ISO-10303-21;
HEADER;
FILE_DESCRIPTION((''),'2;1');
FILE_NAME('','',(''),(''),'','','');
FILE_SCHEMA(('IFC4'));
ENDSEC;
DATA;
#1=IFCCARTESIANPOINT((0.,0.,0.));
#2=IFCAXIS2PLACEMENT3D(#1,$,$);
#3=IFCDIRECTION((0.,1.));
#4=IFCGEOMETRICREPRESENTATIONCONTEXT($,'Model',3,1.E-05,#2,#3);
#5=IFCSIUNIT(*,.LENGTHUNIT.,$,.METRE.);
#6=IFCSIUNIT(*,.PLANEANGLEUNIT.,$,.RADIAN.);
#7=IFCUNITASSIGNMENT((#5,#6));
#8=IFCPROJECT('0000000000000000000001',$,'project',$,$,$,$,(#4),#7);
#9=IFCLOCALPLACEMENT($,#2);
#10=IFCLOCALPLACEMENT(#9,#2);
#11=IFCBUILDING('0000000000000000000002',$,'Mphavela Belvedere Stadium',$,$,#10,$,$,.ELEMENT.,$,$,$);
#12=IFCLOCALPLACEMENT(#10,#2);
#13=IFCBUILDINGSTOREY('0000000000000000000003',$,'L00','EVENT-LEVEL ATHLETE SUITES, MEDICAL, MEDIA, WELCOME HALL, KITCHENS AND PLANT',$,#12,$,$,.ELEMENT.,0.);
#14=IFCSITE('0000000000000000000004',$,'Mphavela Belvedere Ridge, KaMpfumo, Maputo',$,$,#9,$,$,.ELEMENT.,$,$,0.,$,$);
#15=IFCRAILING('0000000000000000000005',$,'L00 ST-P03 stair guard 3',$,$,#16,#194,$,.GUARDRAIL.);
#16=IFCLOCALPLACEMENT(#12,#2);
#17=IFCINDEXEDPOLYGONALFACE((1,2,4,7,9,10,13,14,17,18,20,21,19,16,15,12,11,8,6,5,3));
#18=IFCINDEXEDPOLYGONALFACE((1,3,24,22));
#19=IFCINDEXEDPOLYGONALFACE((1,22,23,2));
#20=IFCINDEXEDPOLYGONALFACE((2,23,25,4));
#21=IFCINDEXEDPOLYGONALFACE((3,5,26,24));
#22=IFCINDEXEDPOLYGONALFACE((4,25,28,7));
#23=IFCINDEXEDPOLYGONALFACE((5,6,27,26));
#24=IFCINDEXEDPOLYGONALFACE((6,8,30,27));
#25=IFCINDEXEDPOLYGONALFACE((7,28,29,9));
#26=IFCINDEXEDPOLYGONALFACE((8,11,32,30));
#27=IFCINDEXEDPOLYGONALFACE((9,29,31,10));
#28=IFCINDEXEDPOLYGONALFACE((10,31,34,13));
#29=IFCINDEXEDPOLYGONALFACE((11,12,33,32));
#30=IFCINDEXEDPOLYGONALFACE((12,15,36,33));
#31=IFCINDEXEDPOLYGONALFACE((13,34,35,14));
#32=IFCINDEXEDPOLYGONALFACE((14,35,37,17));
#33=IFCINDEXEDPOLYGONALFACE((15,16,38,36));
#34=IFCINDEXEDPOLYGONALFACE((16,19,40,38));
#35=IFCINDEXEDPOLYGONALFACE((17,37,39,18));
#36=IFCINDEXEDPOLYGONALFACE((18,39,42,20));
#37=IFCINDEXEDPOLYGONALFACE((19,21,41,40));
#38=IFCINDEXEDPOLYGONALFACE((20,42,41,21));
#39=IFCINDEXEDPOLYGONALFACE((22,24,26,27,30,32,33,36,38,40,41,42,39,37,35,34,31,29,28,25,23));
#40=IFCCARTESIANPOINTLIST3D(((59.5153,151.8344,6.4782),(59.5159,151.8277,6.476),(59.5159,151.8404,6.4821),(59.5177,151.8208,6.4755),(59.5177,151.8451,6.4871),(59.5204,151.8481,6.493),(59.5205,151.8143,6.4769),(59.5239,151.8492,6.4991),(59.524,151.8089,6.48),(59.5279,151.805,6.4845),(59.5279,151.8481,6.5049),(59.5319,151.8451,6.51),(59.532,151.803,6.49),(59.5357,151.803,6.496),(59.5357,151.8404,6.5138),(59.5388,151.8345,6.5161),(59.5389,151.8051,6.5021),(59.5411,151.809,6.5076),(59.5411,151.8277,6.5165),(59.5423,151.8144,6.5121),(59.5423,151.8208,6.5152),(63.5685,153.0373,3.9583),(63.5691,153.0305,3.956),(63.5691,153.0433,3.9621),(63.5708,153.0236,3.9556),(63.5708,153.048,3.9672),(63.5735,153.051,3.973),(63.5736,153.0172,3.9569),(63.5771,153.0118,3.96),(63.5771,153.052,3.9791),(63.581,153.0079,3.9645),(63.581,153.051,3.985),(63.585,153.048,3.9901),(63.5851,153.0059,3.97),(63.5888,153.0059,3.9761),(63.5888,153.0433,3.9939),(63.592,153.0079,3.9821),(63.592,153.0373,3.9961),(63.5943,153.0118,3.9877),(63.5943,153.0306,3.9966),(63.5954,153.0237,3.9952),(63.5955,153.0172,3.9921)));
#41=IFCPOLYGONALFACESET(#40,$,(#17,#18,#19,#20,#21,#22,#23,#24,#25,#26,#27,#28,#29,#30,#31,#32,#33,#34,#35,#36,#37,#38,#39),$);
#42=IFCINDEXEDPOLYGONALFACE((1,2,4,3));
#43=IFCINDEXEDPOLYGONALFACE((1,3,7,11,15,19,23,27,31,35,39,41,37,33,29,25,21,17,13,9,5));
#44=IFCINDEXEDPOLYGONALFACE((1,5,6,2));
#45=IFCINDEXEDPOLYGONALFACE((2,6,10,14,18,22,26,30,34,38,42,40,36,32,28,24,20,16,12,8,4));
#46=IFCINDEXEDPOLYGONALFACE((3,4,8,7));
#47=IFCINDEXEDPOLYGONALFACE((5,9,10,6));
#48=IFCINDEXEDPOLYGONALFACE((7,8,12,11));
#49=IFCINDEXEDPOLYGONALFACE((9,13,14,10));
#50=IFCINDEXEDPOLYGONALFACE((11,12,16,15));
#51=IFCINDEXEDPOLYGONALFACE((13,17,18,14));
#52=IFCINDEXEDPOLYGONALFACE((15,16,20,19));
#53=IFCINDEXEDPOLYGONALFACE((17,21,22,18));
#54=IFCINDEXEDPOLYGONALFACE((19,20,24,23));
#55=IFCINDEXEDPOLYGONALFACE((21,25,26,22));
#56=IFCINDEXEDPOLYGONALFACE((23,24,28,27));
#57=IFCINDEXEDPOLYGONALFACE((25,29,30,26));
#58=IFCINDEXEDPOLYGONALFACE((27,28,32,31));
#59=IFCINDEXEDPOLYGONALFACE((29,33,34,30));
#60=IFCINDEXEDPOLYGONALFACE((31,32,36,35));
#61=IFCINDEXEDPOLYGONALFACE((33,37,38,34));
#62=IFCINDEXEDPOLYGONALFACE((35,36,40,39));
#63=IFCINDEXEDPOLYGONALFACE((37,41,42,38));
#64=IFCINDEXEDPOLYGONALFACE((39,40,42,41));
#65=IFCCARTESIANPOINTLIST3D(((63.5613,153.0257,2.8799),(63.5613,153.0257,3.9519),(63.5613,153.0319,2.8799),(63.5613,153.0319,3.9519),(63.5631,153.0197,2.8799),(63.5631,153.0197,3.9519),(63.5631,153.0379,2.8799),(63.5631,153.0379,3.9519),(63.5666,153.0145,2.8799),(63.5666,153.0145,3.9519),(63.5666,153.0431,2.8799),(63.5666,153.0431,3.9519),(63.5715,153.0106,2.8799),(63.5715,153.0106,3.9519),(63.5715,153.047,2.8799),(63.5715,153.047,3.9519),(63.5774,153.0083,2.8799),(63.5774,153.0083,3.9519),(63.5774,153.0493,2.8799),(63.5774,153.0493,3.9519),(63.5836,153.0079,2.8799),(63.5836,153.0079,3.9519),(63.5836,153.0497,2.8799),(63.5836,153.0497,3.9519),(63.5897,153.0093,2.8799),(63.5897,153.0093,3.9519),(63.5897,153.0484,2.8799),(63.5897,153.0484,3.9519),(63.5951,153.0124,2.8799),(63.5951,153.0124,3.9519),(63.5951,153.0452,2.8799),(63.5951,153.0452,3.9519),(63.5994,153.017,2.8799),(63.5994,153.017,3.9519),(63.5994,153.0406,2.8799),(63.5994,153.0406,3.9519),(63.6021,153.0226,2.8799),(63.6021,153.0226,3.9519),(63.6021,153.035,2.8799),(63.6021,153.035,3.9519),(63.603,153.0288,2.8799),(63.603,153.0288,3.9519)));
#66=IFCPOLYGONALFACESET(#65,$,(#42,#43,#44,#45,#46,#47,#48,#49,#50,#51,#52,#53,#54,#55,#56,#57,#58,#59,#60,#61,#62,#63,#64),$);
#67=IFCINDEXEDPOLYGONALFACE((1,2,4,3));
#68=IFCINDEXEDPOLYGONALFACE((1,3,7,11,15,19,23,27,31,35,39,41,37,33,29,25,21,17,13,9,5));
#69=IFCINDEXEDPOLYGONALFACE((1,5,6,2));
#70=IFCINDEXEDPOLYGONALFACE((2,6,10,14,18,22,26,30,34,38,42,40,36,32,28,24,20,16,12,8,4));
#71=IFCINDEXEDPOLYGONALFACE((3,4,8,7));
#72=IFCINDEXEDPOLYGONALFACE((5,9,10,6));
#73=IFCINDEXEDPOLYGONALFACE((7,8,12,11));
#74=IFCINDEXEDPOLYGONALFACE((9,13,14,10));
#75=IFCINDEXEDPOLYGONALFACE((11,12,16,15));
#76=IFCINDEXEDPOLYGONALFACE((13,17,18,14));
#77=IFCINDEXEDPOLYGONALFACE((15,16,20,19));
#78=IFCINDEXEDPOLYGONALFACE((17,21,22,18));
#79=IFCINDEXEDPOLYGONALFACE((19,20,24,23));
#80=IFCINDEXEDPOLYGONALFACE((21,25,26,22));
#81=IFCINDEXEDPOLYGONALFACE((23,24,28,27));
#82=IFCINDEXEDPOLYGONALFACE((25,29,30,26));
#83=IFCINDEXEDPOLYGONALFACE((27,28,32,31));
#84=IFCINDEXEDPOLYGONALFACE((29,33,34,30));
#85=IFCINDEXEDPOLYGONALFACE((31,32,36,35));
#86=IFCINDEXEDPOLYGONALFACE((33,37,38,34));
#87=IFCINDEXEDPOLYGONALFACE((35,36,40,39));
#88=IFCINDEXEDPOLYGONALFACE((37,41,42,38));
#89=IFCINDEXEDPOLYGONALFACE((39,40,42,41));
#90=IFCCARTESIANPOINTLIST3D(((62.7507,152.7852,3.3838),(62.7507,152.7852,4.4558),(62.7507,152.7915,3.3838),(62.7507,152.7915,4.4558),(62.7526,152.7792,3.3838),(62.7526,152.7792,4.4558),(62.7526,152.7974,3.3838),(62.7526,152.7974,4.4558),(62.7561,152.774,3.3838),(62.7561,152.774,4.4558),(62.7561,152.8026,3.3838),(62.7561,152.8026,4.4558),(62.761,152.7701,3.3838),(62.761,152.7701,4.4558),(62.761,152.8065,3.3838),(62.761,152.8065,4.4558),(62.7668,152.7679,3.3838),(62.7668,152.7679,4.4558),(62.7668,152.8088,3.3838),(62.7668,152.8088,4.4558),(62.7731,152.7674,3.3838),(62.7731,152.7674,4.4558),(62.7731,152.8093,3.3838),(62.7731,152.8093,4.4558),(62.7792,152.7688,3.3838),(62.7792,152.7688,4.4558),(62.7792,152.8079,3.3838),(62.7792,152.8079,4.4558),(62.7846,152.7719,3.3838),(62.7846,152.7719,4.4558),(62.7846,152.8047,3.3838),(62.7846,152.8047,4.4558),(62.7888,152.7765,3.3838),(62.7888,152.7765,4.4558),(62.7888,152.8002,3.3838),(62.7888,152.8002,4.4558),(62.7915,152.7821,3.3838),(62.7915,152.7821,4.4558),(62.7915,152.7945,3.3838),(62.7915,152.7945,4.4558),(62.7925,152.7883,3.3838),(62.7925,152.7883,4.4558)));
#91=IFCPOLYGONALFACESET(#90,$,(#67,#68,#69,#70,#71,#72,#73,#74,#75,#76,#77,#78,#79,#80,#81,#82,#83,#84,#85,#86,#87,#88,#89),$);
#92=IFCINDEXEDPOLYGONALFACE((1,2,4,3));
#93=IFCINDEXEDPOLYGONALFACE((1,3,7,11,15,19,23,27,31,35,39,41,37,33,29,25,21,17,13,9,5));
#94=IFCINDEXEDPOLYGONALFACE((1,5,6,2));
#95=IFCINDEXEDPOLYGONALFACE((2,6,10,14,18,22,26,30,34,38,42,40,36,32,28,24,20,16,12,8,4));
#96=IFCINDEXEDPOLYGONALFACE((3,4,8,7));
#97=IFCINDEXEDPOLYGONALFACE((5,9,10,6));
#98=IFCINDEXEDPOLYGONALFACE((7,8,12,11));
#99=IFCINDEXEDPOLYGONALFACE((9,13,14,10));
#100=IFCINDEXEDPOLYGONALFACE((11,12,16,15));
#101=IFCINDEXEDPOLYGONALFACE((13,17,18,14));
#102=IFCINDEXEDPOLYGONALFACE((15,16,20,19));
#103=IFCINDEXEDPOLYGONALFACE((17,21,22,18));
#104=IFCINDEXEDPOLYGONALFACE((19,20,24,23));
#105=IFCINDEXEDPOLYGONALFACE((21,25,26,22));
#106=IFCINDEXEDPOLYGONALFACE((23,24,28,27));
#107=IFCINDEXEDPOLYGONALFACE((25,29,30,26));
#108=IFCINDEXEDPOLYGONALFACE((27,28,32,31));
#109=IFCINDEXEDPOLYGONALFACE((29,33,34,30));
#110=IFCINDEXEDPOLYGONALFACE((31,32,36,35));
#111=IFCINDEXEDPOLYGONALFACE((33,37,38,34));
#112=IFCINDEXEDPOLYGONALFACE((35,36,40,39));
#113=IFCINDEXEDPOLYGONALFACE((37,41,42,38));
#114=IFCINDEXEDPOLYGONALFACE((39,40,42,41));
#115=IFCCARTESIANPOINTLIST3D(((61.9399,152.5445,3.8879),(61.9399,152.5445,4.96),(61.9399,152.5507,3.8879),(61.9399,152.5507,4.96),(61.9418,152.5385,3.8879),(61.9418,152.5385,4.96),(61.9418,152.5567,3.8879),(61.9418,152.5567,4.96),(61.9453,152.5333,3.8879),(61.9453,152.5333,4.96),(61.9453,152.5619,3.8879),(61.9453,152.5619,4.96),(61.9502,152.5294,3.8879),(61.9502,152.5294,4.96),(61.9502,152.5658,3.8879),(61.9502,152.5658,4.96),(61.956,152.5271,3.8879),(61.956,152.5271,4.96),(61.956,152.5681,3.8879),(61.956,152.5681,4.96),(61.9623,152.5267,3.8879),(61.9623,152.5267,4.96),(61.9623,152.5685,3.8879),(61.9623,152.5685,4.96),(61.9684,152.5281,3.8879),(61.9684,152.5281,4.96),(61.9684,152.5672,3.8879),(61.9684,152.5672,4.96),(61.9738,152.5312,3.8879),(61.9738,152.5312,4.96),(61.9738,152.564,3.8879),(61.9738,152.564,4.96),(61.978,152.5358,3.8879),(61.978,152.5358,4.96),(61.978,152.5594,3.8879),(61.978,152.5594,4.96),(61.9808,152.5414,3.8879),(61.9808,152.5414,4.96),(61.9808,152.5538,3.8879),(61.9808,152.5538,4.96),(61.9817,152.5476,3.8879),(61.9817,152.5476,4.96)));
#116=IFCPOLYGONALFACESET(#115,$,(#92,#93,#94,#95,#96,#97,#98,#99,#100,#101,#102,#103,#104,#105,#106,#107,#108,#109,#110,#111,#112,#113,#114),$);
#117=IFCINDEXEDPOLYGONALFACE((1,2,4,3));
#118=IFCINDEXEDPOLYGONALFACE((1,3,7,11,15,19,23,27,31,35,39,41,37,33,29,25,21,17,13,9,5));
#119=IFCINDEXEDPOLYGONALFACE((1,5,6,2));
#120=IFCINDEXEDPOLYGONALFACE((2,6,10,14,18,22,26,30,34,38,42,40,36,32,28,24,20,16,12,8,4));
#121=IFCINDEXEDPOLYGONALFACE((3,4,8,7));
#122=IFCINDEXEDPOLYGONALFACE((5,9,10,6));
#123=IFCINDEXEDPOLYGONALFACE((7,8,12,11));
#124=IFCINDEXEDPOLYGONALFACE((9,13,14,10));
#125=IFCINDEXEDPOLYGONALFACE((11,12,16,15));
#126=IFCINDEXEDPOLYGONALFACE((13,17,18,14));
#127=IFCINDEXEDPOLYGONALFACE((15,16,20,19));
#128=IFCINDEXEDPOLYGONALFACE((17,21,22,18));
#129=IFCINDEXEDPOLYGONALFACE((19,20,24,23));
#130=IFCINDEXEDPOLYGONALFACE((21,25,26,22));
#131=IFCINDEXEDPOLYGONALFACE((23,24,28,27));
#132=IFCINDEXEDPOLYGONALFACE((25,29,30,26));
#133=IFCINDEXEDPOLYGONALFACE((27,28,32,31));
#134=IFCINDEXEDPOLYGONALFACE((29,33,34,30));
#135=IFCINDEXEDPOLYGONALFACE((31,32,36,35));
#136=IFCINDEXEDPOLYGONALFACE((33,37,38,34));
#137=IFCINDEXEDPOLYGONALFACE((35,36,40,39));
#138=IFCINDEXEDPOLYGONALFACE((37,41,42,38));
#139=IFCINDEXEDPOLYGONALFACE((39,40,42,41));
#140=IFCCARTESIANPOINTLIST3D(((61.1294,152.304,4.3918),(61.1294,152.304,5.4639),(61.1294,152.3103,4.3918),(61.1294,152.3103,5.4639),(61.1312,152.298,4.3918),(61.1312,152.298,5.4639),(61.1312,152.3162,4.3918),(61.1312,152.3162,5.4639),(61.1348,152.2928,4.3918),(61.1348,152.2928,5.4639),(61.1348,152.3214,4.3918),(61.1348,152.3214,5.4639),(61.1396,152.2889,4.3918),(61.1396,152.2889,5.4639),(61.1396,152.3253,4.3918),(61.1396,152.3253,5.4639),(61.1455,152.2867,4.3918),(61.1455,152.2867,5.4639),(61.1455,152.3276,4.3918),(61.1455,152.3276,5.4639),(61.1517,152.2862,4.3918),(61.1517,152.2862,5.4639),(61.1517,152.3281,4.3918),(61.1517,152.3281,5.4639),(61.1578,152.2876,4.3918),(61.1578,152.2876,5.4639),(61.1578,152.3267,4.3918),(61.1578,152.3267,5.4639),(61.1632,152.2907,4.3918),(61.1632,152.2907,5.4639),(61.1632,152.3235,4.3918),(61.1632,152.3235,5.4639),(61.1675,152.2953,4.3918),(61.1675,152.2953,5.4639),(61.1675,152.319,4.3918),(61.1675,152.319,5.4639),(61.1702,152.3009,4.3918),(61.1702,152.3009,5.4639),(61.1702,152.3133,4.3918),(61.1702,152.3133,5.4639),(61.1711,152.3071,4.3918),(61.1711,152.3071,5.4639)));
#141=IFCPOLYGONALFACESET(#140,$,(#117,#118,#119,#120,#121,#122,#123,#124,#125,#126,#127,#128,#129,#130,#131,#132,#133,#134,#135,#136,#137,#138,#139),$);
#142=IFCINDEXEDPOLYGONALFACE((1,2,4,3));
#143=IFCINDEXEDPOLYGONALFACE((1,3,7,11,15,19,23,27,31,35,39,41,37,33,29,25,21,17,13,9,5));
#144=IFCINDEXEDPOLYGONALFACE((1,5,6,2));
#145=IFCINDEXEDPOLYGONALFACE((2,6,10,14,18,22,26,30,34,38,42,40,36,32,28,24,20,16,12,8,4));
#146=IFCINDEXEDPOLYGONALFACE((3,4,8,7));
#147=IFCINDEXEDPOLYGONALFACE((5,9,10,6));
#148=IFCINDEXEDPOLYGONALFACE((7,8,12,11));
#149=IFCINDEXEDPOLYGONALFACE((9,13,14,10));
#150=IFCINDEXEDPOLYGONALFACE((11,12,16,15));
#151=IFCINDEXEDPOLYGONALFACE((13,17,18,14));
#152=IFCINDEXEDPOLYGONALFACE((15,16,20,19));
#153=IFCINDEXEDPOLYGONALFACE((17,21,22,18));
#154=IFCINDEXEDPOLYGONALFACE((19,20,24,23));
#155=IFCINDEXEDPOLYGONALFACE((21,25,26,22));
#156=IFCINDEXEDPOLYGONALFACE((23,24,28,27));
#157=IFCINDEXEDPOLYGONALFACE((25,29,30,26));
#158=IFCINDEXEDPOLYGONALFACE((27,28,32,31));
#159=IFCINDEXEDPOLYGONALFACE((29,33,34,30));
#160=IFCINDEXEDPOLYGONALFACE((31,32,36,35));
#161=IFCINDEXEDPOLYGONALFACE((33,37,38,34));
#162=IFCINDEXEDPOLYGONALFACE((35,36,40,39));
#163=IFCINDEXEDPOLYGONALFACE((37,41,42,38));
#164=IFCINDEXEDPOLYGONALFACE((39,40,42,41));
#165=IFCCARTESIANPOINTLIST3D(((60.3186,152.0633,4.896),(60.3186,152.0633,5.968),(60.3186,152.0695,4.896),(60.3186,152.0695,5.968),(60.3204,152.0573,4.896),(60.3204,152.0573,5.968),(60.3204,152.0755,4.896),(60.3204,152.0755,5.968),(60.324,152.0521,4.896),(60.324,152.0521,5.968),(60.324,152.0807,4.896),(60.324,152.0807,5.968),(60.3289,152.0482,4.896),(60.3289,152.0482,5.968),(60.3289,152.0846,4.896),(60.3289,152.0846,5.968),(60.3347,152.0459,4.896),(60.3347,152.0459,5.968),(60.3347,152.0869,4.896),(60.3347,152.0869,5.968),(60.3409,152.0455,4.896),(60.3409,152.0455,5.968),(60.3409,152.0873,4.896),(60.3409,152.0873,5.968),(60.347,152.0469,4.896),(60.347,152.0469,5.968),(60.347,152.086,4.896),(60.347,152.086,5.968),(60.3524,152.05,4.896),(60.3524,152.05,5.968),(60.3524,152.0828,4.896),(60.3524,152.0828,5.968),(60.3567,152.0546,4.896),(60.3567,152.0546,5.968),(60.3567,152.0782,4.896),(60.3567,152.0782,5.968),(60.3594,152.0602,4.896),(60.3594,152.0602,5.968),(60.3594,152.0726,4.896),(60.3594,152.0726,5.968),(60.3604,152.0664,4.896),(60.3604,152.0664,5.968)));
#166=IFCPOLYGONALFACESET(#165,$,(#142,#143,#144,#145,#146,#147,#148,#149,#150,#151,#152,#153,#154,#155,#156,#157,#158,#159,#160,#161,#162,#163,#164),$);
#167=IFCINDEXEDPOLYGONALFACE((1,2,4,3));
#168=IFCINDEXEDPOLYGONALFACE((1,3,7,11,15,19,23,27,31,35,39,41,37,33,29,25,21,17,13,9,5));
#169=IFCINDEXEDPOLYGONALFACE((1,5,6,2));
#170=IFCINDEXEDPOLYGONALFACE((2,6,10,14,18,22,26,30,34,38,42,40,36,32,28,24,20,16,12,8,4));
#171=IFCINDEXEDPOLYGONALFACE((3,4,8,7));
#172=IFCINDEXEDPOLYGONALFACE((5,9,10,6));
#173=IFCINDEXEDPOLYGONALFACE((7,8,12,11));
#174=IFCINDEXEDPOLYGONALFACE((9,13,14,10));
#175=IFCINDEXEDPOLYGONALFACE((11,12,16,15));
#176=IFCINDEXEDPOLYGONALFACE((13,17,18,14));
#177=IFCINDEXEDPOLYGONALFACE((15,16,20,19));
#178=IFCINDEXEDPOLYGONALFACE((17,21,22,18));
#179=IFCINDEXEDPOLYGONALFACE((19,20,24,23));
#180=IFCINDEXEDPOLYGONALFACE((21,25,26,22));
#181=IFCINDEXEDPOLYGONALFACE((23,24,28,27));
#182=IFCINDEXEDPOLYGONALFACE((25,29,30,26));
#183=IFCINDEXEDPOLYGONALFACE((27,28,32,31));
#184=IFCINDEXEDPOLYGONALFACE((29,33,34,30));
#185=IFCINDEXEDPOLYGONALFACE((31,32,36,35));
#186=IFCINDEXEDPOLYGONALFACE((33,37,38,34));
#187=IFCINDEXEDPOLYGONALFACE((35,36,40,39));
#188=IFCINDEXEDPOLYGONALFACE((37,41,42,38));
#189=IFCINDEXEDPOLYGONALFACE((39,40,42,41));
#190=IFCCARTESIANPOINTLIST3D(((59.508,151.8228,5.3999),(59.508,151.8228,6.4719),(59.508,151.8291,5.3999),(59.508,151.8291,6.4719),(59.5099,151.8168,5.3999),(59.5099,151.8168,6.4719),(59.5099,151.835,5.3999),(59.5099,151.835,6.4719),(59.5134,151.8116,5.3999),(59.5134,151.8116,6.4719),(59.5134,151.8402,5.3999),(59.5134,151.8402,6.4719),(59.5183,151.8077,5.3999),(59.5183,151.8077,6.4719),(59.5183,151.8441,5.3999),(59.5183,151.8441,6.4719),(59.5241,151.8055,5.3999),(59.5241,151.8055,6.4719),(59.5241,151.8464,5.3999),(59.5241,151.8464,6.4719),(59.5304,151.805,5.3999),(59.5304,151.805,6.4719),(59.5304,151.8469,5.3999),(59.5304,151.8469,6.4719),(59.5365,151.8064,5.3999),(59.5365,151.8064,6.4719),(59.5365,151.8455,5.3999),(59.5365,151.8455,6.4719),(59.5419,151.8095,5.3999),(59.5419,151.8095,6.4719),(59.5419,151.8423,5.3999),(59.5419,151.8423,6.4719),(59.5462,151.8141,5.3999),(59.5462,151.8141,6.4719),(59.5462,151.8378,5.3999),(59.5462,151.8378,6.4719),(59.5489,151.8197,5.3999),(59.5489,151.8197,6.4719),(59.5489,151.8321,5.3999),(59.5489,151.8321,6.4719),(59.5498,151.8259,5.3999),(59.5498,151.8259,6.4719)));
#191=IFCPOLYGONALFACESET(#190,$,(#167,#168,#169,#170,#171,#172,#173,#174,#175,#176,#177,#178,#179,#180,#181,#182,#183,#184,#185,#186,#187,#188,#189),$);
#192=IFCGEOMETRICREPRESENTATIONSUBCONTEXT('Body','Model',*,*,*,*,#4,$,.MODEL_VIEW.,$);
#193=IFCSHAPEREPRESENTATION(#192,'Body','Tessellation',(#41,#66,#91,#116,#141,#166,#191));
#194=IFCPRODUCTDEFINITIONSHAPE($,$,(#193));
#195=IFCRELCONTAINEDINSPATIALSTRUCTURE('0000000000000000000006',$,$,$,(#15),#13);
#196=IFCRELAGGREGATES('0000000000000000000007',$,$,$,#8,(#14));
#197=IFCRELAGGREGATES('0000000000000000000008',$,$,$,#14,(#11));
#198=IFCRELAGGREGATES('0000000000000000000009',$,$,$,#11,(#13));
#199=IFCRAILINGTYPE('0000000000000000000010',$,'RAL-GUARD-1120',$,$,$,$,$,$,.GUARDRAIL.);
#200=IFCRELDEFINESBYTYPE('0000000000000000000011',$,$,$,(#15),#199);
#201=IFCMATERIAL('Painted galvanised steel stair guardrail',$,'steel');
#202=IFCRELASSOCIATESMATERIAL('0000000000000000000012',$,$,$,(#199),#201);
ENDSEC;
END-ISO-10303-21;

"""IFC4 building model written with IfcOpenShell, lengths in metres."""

from ifc_helpers import new_model, si_unit, direction, frame, origin, origin_2d, place, context, subcontext, project, spatial, circle, extrude, material, type_object, element, save


model = new_model("IFC4")

# Units and contexts
model_context = context("Model", 3, precision=1e-05, world=origin(), true_north=direction((0.0, 1.0)))
body_context = subcontext(model_context, "Body", "Model", "MODEL_VIEW")
ifc_project = project(units=[si_unit("LENGTHUNIT", "METRE"), si_unit("PLANEANGLEUNIT", "RADIAN")], contexts=[model_context])

# Site, building, storey
site_placement = place(None, origin())
site = spatial("IfcSite", under=ifc_project, at=site_placement, Name="Mphavela Belvedere Ridge, KaMpfumo, Maputo", CompositionType="ELEMENT", RefElevation=0.0)
building_placement = place(site_placement, origin())
building = spatial("IfcBuilding", under=site, at=building_placement, Name="Mphavela Belvedere Stadium", CompositionType="ELEMENT")
storey_placement = place(building_placement, origin())
storey = spatial("IfcBuildingStorey", under=building, at=storey_placement, Name="L00", Description="EVENT-LEVEL ATHLETE SUITES, MEDICAL, MEDIA, WELCOME HALL, KITCHENS AND PLANT", CompositionType="ELEMENT", Elevation=0.0)

# Railing
ifc_material_1 = material(Name="Painted galvanised steel stair guardrail", Category="steel")
railing_type_1 = type_object("IfcRailingType", Name="RAL-GUARD-1120", PredefinedType="GUARDRAIL", material=ifc_material_1)
railing_1_placement = place(storey_placement, frame((63.582, 153.0288, 2.8799)))
element("IfcRailing", 1, at=railing_1_placement, inside=storey, type_object=railing_type_1, Name="L00 ST-P03 stair guard 3", PredefinedType="GUARDRAIL", context=body_context, shape_type="SweptSolid", body=[
    extrude(circle(Radius=0.0239, at=origin_2d()), frame((0.0, 0.0, 1.0962), z_axis=(-0.823492, -0.244389, 0.511991), x_axis=(0.284507, -0.958674, 0.0)), (0.0, 0.0, 1.0), 4.9219),
    extrude(circle(Radius=0.021, at=origin_2d()), origin(), (0.0, 0.0, 1.0), 1.072),
    extrude(circle(Radius=0.021, at=origin_2d()), frame((-0.8105, -0.2405, 0.5039)), (0.0, 0.0, 1.0), 1.072),
    extrude(circle(Radius=0.021, at=origin_2d()), frame((-1.6213, -0.4812, 1.0081)), (0.0, 0.0, 1.0), 1.072),
    extrude(circle(Radius=0.021, at=origin_2d()), frame((-2.4319, -0.7217, 1.512)), (0.0, 0.0, 1.0), 1.072),
    extrude(circle(Radius=0.021, at=origin_2d()), frame((-3.2427, -0.9624, 2.0161)), (0.0, 0.0, 1.0), 1.072),
    extrude(circle(Radius=0.021, at=origin_2d()), frame((-4.0532, -1.2029, 2.52)), (0.0, 0.0, 1.0), 1.072),
])

save(model, "model.ifc")
